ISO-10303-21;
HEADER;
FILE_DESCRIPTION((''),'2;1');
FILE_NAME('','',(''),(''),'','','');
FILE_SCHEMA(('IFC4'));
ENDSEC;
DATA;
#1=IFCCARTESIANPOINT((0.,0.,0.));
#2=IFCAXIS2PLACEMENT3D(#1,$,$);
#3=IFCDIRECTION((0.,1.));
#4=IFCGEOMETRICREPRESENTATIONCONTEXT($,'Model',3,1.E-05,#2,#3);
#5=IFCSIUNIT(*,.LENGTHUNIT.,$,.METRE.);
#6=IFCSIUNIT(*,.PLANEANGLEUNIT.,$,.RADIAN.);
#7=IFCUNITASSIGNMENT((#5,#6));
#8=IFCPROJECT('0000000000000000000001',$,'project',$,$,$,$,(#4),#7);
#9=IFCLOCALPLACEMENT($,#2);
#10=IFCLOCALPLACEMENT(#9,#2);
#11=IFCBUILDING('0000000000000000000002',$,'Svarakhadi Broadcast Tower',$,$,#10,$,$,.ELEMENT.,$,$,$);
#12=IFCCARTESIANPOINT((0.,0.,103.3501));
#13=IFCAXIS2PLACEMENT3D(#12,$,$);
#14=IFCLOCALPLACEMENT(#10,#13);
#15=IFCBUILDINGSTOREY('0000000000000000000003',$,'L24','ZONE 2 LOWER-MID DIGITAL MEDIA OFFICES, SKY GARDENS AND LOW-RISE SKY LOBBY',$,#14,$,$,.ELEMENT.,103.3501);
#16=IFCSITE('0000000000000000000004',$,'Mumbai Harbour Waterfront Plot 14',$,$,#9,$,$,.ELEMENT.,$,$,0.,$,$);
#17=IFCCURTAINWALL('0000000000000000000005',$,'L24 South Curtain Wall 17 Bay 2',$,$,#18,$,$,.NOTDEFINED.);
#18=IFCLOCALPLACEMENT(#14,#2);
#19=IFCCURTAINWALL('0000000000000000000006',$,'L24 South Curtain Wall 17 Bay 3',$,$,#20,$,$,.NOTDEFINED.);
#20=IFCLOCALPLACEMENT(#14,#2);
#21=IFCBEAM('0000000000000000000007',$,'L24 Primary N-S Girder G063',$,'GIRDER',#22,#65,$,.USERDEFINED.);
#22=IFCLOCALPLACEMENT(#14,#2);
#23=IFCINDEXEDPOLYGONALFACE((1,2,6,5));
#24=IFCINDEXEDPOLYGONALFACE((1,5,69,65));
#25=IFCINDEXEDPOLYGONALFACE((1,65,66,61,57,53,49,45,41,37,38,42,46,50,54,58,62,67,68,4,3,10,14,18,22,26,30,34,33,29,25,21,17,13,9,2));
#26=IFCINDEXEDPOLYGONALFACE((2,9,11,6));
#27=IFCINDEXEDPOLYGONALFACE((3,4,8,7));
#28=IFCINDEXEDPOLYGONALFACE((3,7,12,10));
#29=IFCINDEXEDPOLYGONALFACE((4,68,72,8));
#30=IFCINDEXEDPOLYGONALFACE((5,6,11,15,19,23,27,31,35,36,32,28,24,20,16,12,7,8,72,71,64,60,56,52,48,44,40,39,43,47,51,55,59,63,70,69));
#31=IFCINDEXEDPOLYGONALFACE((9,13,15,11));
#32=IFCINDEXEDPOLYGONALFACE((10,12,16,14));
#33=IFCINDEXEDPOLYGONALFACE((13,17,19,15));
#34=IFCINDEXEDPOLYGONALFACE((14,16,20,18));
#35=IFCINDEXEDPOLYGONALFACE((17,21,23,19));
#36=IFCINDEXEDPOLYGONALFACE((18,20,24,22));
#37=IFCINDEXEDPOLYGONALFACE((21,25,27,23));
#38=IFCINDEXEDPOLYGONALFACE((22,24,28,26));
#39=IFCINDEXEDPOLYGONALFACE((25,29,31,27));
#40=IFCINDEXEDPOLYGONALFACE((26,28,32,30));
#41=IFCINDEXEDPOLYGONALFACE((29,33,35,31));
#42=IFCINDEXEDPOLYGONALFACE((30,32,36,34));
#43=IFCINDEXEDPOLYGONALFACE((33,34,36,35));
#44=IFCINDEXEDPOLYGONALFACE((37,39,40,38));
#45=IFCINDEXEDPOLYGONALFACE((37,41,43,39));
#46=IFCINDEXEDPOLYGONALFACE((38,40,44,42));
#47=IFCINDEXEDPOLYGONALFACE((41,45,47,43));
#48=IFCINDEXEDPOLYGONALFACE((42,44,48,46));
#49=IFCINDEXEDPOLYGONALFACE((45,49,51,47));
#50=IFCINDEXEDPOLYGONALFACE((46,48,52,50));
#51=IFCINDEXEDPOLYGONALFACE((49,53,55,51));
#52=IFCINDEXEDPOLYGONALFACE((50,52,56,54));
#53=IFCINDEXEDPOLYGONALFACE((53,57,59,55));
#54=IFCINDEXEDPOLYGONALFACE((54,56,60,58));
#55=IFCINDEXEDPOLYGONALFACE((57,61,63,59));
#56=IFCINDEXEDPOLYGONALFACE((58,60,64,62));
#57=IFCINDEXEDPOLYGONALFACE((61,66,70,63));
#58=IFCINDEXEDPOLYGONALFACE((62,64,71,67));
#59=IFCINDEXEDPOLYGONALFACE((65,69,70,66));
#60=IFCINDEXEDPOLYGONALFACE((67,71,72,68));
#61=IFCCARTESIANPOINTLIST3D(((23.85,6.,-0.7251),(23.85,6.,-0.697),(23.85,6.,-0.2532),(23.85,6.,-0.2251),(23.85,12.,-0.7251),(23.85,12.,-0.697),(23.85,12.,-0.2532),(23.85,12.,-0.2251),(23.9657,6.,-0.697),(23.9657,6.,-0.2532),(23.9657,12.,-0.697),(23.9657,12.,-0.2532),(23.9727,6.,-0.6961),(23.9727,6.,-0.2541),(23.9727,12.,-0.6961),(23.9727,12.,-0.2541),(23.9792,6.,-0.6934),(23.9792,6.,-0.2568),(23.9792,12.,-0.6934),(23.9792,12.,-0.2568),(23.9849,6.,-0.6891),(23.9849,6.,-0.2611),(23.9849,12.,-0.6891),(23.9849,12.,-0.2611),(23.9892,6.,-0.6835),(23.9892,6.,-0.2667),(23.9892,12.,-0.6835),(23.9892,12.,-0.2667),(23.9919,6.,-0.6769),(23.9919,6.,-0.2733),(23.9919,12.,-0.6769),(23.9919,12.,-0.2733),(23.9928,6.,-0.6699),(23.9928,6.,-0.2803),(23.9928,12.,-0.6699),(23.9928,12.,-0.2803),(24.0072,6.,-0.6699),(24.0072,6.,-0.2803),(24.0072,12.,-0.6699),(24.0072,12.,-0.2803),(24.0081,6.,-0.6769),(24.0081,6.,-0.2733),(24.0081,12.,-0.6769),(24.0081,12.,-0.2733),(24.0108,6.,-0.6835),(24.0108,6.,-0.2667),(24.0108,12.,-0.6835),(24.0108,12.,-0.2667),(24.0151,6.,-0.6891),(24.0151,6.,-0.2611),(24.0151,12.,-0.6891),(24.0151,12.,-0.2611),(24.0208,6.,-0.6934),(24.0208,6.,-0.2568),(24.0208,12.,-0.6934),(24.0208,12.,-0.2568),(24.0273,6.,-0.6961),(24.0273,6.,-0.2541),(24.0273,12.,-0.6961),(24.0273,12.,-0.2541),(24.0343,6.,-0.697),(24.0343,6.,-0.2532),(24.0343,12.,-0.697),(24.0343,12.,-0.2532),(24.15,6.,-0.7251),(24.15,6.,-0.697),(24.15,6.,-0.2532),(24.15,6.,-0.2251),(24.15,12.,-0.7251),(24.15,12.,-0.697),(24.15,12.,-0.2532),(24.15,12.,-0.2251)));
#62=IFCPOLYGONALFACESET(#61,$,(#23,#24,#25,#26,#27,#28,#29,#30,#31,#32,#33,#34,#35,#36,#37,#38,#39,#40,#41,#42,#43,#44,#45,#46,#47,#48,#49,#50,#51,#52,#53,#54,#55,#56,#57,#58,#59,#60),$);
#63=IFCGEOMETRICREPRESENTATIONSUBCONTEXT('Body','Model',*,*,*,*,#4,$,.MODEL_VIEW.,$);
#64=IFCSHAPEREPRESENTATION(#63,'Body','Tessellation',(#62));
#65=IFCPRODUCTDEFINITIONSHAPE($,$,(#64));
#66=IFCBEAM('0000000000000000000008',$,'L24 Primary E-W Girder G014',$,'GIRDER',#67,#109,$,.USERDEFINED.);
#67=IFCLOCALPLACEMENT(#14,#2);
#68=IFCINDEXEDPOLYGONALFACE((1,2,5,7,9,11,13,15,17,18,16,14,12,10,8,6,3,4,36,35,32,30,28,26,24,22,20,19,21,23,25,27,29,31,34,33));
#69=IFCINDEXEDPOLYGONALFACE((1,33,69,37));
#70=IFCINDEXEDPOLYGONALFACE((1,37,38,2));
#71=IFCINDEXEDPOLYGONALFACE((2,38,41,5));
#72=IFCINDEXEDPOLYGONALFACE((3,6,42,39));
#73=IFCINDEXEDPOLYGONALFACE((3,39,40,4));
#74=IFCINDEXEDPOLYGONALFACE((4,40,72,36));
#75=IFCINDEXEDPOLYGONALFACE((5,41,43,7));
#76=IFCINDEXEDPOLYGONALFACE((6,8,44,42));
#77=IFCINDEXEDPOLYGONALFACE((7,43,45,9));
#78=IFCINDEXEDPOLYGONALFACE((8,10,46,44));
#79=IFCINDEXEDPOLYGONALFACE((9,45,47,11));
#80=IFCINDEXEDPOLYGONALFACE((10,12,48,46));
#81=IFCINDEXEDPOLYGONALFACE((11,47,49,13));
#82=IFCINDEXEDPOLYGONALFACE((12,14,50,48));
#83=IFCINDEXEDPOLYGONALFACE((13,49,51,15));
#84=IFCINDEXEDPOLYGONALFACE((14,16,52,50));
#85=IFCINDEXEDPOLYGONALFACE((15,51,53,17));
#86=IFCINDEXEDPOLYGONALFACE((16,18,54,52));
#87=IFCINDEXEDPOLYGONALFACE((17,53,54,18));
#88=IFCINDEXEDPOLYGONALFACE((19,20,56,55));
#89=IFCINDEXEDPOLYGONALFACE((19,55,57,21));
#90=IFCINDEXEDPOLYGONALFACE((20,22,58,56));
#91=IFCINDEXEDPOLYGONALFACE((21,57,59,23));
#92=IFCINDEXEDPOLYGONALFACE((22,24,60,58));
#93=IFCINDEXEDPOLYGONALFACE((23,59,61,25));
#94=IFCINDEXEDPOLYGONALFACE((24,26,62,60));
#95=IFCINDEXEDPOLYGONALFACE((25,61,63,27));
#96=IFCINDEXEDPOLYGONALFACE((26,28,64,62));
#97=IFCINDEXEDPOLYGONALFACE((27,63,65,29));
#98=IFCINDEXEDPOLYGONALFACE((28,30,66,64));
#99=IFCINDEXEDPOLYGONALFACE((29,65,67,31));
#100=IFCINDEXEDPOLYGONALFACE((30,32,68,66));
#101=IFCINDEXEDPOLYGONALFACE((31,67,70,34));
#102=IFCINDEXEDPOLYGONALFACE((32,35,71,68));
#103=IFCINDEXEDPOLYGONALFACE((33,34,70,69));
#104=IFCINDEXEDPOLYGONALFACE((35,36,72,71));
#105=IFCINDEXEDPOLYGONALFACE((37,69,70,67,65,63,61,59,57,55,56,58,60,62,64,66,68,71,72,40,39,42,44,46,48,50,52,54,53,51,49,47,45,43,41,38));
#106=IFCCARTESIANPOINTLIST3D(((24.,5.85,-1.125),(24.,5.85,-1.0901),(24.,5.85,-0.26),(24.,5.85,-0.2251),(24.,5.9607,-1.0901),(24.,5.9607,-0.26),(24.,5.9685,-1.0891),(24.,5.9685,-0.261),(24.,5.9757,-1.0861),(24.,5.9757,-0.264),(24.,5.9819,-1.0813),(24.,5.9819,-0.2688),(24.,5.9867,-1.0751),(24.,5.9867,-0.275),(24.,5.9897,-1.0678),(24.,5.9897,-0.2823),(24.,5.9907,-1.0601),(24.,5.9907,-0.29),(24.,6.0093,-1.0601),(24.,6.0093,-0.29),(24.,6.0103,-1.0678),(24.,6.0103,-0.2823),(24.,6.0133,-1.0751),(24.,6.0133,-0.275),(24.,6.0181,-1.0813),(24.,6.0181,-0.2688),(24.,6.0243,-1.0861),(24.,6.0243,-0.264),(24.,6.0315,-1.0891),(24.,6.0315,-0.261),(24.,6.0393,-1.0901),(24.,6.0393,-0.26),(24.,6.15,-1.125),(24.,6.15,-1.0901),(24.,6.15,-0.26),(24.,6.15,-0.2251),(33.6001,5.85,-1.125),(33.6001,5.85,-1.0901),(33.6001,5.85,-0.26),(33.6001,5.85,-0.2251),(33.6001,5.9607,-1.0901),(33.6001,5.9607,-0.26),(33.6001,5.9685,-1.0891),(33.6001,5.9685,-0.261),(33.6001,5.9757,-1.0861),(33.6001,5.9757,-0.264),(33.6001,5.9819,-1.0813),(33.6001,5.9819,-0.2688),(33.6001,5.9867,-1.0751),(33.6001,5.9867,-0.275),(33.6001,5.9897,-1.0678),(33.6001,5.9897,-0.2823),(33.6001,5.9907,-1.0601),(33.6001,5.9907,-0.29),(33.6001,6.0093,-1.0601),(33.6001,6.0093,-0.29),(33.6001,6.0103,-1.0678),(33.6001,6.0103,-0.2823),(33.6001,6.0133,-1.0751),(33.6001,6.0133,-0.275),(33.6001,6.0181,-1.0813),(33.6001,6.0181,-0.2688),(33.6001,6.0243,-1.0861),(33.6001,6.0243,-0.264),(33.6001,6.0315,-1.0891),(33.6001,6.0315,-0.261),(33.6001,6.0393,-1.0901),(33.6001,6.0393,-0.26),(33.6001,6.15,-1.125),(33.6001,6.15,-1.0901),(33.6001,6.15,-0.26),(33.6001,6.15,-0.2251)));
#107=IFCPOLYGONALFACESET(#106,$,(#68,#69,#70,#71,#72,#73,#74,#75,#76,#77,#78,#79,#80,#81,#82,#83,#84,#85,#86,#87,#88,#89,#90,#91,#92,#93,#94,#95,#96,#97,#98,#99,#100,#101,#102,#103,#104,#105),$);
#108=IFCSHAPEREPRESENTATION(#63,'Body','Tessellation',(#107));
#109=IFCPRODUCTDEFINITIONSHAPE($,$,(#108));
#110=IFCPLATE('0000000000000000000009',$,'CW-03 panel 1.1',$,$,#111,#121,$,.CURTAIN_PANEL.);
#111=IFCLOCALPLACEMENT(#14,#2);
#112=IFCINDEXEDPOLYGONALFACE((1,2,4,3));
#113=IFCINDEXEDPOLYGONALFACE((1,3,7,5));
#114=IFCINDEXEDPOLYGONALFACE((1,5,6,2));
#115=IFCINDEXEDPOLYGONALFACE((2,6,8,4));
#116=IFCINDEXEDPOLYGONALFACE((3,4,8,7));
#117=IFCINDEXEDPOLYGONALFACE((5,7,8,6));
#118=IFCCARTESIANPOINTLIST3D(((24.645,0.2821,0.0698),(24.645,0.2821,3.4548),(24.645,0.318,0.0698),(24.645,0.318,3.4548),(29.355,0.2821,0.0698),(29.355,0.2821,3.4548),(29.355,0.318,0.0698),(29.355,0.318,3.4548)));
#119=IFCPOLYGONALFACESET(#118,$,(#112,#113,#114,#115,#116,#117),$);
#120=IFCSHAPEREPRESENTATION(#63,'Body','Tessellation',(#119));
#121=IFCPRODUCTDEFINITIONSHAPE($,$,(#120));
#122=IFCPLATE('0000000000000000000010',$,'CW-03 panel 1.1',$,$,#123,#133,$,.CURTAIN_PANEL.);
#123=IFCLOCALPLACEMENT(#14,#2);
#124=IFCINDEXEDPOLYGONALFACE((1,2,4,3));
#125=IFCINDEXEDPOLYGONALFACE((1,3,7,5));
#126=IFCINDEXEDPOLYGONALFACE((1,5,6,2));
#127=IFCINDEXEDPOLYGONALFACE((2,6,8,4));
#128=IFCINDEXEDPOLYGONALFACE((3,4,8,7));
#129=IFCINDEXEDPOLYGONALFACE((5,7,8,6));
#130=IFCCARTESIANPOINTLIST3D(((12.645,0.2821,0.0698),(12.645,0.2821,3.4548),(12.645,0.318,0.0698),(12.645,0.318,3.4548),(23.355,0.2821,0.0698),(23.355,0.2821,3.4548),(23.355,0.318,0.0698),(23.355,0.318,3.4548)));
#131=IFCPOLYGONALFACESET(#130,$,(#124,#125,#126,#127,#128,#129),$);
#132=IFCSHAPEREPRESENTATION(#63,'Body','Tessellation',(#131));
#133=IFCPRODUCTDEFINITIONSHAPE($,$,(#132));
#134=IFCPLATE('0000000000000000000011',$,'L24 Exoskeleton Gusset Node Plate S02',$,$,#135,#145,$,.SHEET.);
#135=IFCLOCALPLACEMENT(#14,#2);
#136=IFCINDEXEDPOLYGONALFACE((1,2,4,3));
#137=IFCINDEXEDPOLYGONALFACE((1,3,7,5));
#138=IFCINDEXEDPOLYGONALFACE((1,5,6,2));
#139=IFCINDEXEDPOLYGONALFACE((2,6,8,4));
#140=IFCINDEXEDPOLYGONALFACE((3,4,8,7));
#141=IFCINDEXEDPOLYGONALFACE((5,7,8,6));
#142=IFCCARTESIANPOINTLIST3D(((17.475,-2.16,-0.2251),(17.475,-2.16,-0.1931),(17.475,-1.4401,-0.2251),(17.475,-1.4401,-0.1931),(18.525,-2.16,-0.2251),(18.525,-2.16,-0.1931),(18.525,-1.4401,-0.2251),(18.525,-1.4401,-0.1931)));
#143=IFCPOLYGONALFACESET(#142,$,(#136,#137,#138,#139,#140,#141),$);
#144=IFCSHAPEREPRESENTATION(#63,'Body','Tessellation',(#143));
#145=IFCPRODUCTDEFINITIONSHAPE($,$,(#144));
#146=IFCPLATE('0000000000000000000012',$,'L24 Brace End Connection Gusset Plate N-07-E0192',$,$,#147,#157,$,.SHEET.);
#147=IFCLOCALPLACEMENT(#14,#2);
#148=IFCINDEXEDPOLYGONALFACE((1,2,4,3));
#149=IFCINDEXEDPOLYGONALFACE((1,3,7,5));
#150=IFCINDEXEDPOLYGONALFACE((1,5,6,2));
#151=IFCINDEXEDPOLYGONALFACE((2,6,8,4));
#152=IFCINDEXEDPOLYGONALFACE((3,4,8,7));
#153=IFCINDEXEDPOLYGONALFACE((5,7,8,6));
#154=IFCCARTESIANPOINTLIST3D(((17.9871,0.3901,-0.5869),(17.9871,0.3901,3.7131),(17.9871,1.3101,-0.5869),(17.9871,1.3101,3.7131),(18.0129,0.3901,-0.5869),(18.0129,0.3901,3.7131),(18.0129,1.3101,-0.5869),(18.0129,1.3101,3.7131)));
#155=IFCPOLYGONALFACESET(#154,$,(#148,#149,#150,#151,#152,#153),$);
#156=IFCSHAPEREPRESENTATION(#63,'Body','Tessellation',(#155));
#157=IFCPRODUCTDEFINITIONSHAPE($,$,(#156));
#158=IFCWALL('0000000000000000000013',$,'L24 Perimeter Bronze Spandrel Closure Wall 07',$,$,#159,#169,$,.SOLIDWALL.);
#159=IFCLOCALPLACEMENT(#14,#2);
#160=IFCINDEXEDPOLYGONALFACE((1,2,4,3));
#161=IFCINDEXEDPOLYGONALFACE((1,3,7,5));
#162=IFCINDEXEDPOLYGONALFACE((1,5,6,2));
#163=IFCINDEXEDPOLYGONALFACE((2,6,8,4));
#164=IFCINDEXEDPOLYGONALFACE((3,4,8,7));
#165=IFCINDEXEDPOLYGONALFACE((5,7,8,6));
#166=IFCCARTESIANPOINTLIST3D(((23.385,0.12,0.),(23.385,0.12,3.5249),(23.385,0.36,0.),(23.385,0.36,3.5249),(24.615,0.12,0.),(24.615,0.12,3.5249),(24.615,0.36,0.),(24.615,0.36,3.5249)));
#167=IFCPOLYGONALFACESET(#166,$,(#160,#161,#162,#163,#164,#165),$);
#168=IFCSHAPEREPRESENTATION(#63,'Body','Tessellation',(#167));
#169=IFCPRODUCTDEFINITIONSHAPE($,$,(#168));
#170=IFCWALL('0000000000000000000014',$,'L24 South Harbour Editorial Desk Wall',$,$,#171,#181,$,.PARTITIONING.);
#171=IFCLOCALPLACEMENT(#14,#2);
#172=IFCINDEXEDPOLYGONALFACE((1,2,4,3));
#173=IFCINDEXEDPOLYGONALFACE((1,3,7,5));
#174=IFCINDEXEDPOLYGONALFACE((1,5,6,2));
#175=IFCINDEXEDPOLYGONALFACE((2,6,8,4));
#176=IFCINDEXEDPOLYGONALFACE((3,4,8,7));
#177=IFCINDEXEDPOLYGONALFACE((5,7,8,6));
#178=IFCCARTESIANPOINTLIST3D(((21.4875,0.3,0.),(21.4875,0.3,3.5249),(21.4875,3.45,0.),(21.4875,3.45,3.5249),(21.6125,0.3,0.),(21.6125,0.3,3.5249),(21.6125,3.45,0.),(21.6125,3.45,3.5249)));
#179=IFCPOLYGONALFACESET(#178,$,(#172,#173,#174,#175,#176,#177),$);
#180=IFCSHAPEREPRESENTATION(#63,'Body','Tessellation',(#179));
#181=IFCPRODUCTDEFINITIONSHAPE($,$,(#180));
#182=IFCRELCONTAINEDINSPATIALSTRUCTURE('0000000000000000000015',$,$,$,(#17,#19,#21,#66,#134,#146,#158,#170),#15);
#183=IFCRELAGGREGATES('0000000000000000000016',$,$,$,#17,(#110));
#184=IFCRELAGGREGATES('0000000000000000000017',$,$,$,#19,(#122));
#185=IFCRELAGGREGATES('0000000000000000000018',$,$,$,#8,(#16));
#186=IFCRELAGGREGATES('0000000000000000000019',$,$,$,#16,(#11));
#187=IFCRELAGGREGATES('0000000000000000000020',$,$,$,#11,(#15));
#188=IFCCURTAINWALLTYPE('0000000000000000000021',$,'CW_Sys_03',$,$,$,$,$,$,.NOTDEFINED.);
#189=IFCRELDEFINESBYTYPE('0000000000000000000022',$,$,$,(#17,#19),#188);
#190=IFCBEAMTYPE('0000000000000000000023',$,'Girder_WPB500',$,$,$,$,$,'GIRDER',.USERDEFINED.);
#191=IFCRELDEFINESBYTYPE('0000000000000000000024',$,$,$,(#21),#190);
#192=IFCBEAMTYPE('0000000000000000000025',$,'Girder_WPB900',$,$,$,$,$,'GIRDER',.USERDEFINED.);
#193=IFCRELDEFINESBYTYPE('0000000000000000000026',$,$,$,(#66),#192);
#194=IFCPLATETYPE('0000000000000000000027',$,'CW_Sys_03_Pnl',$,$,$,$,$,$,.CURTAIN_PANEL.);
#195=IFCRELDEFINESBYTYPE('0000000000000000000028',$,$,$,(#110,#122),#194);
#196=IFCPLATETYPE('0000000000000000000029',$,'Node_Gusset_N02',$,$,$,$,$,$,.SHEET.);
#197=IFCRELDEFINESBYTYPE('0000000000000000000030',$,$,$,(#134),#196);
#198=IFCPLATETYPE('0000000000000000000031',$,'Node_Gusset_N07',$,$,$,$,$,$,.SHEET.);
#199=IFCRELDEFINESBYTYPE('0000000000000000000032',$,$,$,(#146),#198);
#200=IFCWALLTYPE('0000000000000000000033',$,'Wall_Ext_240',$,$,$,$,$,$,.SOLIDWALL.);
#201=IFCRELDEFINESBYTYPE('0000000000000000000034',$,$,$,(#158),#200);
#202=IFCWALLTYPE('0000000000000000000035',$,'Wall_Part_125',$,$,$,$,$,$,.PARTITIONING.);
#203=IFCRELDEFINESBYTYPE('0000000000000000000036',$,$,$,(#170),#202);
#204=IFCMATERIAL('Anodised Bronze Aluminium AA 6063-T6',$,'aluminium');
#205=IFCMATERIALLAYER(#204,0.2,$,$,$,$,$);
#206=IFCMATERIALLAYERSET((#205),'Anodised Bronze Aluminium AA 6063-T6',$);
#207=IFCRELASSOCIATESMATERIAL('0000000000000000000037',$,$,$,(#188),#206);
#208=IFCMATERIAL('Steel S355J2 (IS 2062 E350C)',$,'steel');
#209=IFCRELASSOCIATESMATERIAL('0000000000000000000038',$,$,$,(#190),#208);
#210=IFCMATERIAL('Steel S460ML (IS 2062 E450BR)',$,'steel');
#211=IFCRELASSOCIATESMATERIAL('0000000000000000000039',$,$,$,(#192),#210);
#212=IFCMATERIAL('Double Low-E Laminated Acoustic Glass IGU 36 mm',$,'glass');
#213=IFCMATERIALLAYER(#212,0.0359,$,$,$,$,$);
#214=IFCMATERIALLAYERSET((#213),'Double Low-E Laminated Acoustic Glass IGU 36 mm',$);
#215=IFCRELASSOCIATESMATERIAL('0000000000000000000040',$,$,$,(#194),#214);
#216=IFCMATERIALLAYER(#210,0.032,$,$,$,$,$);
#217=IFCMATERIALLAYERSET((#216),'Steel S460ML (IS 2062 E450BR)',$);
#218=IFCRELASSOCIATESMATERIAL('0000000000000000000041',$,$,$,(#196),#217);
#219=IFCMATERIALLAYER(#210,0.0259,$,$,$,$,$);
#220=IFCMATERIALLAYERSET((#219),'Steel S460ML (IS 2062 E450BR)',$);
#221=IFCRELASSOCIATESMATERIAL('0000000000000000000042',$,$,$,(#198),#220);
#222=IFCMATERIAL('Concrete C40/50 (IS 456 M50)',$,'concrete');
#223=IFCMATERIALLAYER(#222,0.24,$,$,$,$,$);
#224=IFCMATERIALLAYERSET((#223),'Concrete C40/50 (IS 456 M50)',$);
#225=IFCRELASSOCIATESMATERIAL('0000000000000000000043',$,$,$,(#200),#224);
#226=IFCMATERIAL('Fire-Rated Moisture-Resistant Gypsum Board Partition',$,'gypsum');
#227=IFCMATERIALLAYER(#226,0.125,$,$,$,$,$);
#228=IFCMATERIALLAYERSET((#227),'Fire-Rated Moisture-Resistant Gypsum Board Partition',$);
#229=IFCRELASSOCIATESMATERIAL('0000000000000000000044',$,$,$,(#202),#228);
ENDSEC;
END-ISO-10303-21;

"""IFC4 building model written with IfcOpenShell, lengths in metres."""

from ifc_helpers import new_model, si_unit, direction, frame, frame_2d, origin, origin_2d, place, context, subcontext, project, spatial, rectangle, i_section, extrude, material, layer, layer_set, material_profile, profile_set, type_object, element, aggregate, save


model = new_model("IFC4")

# Units and contexts
model_context = context("Model", 3, precision=1e-05, world=origin(), true_north=direction((0.0, 1.0)))
body_context = subcontext(model_context, "Body", "Model", "MODEL_VIEW")
ifc_project = project(units=[si_unit("LENGTHUNIT", "METRE"), si_unit("PLANEANGLEUNIT", "RADIAN")], contexts=[model_context])

# Site, building, storey
site_placement = place(None, origin())
site = spatial("IfcSite", under=ifc_project, at=site_placement, Name="Mumbai Harbour Waterfront Plot 14", CompositionType="ELEMENT", RefElevation=0.0)
building_placement = place(site_placement, origin())
building = spatial("IfcBuilding", under=site, at=building_placement, Name="Svarakhadi Broadcast Tower", CompositionType="ELEMENT")
storey_placement = place(building_placement, frame((0.0, 0.0, 103.3501)))
storey = spatial("IfcBuildingStorey", under=building, at=storey_placement, Name="L24", Description="ZONE 2 LOWER-MID DIGITAL MEDIA OFFICES, SKY GARDENS AND LOW-RISE SKY LOBBY", CompositionType="ELEMENT", Elevation=103.3501)

# Shared definitions
ifc_material_1 = material(Name="Steel S355J2 (IS 2062 E350C)", Category="steel")

# Curtain wall
ifc_material_2 = material(Name="Anodised Bronze Aluminium AA 6063-T6", Category="aluminium")
ifc_layer_1 = layer(ifc_material_2, 0.2)
ifc_layer_set_1 = layer_set([ifc_layer_1], Name="Anodised Bronze Aluminium AA 6063-T6")
curtain_wall_type = type_object("IfcCurtainWallType", Name="CW_Sys_03", PredefinedType="NOTDEFINED", material=ifc_layer_set_1)
curtain_wall_1_placement = place(storey_placement, origin())
curtain_wall_1 = element("IfcCurtainWall", 1, at=curtain_wall_1_placement, inside=storey, type_object=curtain_wall_type, Name="L24 South Curtain Wall 17 Bay 2", PredefinedType="NOTDEFINED")

# Curtain wall
curtain_wall_2_placement = place(storey_placement, origin())
curtain_wall_2 = element("IfcCurtainWall", 2, at=curtain_wall_2_placement, inside=storey, type_object=curtain_wall_type, Name="L24 South Curtain Wall 17 Bay 3", PredefinedType="NOTDEFINED")

# Shared definitions
ifc_material_3 = material(Name="Steel S460ML (IS 2062 E450BR)", Category="steel")

# Beams
ifc_material_profile_1 = material_profile(ifc_material_1, i_section(OverallWidth=0.3, OverallDepth=0.5, WebThickness=0.0144, FlangeThickness=0.0281, FilletRadius=0.0271, at=origin_2d()), Name="WPB 500x300x187")
ifc_profile_set_1 = profile_set([ifc_material_profile_1], Name="Steel S355J2 (IS 2062 E350C)")
beam_type_1 = type_object("IfcBeamType", Name="Girder_WPB500", ElementType="GIRDER", PredefinedType="USERDEFINED", material=ifc_profile_set_1)
beam_1_placement = place(storey_placement, frame((24.0, 6.0, -0.4751), z_axis=(0.0, 1.0, 0.0), x_axis=(-1.0, 0.0, 0.0)))
element("IfcBeam", 3, at=beam_1_placement, inside=storey, type_object=beam_type_1, Name="L24 Primary N-S Girder G063", ObjectType="GIRDER", PredefinedType="USERDEFINED", context=body_context, shape_type="SweptSolid", body=[
    extrude(i_section(OverallWidth=0.3, OverallDepth=0.5, WebThickness=0.0144, FlangeThickness=0.0281, FilletRadius=0.0271, at=origin_2d()), origin(), (0.0, 0.0, 1.0), 6.0),
])
ifc_material_profile_2 = material_profile(ifc_material_3, i_section(OverallWidth=0.3, OverallDepth=0.8999, WebThickness=0.0186, FlangeThickness=0.0349, FilletRadius=0.03, at=origin_2d()), Name="WPB 900x300x291")
ifc_profile_set_2 = profile_set([ifc_material_profile_2], Name="Steel S460ML (IS 2062 E450BR)")
beam_type_2 = type_object("IfcBeamType", Name="Girder_WPB900", ElementType="GIRDER", PredefinedType="USERDEFINED", material=ifc_profile_set_2)
beam_2_placement = place(storey_placement, frame((24.0, 6.0, -0.675), z_axis=(1.0, 0.0, 0.0), x_axis=(0.0, 1.0, 0.0)))
element("IfcBeam", 4, at=beam_2_placement, inside=storey, type_object=beam_type_2, Name="L24 Primary E-W Girder G014", ObjectType="GIRDER", PredefinedType="USERDEFINED", context=body_context, shape_type="SweptSolid", body=[
    extrude(i_section(OverallWidth=0.3, OverallDepth=0.8999, WebThickness=0.0186, FlangeThickness=0.0349, FilletRadius=0.03, at=origin_2d()), origin(), (0.0, 0.0, 1.0), 9.6001),
])

# Plates
ifc_material_4 = material(Name="Double Low-E Laminated Acoustic Glass IGU 36 mm", Category="glass")
ifc_layer_2 = layer(ifc_material_4, 0.0359)
ifc_layer_set_2 = layer_set([ifc_layer_2], Name="Double Low-E Laminated Acoustic Glass IGU 36 mm")
plate_type_1 = type_object("IfcPlateType", Name="CW_Sys_03_Pnl", PredefinedType="CURTAIN_PANEL", material=ifc_layer_set_2)
plate_1_placement = place(storey_placement, frame((27.0, 0.3, 0.0698), z_axis=(0.0, 0.0, 1.0), x_axis=(-1.0, 0.0, 0.0)))
plate_1 = element("IfcPlate", 5, at=plate_1_placement, type_object=plate_type_1, Name="CW-03 panel 1.1", PredefinedType="CURTAIN_PANEL", context=body_context, shape_type="SweptSolid", body=[
    extrude(rectangle(XDim=4.71, YDim=0.0359, at=origin_2d()), origin(), (0.0, 0.0, 1.0), 3.385),
])
aggregate(curtain_wall_1, [plate_1])
plate_2_placement = place(storey_placement, frame((18.0, 0.3, 0.0698), z_axis=(0.0, 0.0, 1.0), x_axis=(-1.0, 0.0, 0.0)))
plate_2 = element("IfcPlate", 6, at=plate_2_placement, type_object=plate_type_1, Name="CW-03 panel 1.1", PredefinedType="CURTAIN_PANEL", context=body_context, shape_type="SweptSolid", body=[
    extrude(rectangle(XDim=10.71, YDim=0.0359, at=origin_2d()), origin(), (0.0, 0.0, 1.0), 3.385),
])
aggregate(curtain_wall_2, [plate_2])

# Plates
ifc_layer_3 = layer(ifc_material_3, 0.032)
ifc_layer_set_3 = layer_set([ifc_layer_3], Name="Steel S460ML (IS 2062 E450BR)")
plate_type_2 = type_object("IfcPlateType", Name="Node_Gusset_N02", PredefinedType="SHEET", material=ifc_layer_set_3)
plate_3_placement = place(storey_placement, frame((18.0, -1.8, -0.2251), z_axis=(0.0, 0.0, 1.0), x_axis=(1.0, 0.0, 0.0)))
element("IfcPlate", 7, at=plate_3_placement, inside=storey, type_object=plate_type_2, Name="L24 Exoskeleton Gusset Node Plate S02", PredefinedType="SHEET", context=body_context, shape_type="SweptSolid", body=[
    extrude(rectangle(XDim=1.05, YDim=0.72, at=origin_2d()), origin(), (0.0, 0.0, 1.0), 0.032),
])
ifc_layer_4 = layer(ifc_material_3, 0.0259)
ifc_layer_set_4 = layer_set([ifc_layer_4], Name="Steel S460ML (IS 2062 E450BR)")
plate_type_3 = type_object("IfcPlateType", Name="Node_Gusset_N07", PredefinedType="SHEET", material=ifc_layer_set_4)
plate_4_placement = place(storey_placement, frame((18.0, 0.8501, -0.5869), z_axis=(0.0, 0.0, 1.0), x_axis=(0.0, 1.0, 0.0)))
element("IfcPlate", 8, at=plate_4_placement, inside=storey, type_object=plate_type_3, Name="L24 Brace End Connection Gusset Plate N-07-E0192", PredefinedType="SHEET", context=body_context, shape_type="SweptSolid", body=[
    extrude(rectangle(XDim=0.9199, YDim=0.0259, at=origin_2d()), origin(), (0.0, 0.0, 1.0), 4.3),
])

# Walls
ifc_material_5 = material(Name="Concrete C40/50 (IS 456 M50)", Category="concrete")
ifc_layer_5 = layer(ifc_material_5, 0.24)
ifc_layer_set_5 = layer_set([ifc_layer_5], Name="Concrete C40/50 (IS 456 M50)")
wall_type_1 = type_object("IfcWallType", Name="Wall_Ext_240", PredefinedType="SOLIDWALL", material=ifc_layer_set_5)
wall_1_placement = place(storey_placement, frame((24.615, 0.24, 0.0), z_axis=(0.0, 0.0, 1.0), x_axis=(-1.0, 0.0, 0.0)))
element("IfcWall", 9, at=wall_1_placement, inside=storey, type_object=wall_type_1, Name="L24 Perimeter Bronze Spandrel Closure Wall 07", PredefinedType="SOLIDWALL", context=body_context, shape_type="SweptSolid", body=[
    extrude(rectangle(XDim=1.23, YDim=0.24, at=frame_2d((0.615, 0.0))), origin(), (0.0, 0.0, 1.0), 3.5249),
])
ifc_material_6 = material(Name="Fire-Rated Moisture-Resistant Gypsum Board Partition", Category="gypsum")
ifc_layer_6 = layer(ifc_material_6, 0.125)
ifc_layer_set_6 = layer_set([ifc_layer_6], Name="Fire-Rated Moisture-Resistant Gypsum Board Partition")
wall_type_2 = type_object("IfcWallType", Name="Wall_Part_125", PredefinedType="PARTITIONING", material=ifc_layer_set_6)
wall_2_placement = place(storey_placement, frame((21.55, 0.3, 0.0), z_axis=(0.0, 0.0, 1.0), x_axis=(0.0, 1.0, 0.0)))
element("IfcWall", 10, at=wall_2_placement, inside=storey, type_object=wall_type_2, Name="L24 South Harbour Editorial Desk Wall", PredefinedType="PARTITIONING", context=body_context, shape_type="SweptSolid", body=[
    extrude(rectangle(XDim=3.1499, YDim=0.125, at=frame_2d((1.575, 0.0))), origin(), (0.0, 0.0, 1.0), 3.5249),
])

save(model, "model.ifc")
